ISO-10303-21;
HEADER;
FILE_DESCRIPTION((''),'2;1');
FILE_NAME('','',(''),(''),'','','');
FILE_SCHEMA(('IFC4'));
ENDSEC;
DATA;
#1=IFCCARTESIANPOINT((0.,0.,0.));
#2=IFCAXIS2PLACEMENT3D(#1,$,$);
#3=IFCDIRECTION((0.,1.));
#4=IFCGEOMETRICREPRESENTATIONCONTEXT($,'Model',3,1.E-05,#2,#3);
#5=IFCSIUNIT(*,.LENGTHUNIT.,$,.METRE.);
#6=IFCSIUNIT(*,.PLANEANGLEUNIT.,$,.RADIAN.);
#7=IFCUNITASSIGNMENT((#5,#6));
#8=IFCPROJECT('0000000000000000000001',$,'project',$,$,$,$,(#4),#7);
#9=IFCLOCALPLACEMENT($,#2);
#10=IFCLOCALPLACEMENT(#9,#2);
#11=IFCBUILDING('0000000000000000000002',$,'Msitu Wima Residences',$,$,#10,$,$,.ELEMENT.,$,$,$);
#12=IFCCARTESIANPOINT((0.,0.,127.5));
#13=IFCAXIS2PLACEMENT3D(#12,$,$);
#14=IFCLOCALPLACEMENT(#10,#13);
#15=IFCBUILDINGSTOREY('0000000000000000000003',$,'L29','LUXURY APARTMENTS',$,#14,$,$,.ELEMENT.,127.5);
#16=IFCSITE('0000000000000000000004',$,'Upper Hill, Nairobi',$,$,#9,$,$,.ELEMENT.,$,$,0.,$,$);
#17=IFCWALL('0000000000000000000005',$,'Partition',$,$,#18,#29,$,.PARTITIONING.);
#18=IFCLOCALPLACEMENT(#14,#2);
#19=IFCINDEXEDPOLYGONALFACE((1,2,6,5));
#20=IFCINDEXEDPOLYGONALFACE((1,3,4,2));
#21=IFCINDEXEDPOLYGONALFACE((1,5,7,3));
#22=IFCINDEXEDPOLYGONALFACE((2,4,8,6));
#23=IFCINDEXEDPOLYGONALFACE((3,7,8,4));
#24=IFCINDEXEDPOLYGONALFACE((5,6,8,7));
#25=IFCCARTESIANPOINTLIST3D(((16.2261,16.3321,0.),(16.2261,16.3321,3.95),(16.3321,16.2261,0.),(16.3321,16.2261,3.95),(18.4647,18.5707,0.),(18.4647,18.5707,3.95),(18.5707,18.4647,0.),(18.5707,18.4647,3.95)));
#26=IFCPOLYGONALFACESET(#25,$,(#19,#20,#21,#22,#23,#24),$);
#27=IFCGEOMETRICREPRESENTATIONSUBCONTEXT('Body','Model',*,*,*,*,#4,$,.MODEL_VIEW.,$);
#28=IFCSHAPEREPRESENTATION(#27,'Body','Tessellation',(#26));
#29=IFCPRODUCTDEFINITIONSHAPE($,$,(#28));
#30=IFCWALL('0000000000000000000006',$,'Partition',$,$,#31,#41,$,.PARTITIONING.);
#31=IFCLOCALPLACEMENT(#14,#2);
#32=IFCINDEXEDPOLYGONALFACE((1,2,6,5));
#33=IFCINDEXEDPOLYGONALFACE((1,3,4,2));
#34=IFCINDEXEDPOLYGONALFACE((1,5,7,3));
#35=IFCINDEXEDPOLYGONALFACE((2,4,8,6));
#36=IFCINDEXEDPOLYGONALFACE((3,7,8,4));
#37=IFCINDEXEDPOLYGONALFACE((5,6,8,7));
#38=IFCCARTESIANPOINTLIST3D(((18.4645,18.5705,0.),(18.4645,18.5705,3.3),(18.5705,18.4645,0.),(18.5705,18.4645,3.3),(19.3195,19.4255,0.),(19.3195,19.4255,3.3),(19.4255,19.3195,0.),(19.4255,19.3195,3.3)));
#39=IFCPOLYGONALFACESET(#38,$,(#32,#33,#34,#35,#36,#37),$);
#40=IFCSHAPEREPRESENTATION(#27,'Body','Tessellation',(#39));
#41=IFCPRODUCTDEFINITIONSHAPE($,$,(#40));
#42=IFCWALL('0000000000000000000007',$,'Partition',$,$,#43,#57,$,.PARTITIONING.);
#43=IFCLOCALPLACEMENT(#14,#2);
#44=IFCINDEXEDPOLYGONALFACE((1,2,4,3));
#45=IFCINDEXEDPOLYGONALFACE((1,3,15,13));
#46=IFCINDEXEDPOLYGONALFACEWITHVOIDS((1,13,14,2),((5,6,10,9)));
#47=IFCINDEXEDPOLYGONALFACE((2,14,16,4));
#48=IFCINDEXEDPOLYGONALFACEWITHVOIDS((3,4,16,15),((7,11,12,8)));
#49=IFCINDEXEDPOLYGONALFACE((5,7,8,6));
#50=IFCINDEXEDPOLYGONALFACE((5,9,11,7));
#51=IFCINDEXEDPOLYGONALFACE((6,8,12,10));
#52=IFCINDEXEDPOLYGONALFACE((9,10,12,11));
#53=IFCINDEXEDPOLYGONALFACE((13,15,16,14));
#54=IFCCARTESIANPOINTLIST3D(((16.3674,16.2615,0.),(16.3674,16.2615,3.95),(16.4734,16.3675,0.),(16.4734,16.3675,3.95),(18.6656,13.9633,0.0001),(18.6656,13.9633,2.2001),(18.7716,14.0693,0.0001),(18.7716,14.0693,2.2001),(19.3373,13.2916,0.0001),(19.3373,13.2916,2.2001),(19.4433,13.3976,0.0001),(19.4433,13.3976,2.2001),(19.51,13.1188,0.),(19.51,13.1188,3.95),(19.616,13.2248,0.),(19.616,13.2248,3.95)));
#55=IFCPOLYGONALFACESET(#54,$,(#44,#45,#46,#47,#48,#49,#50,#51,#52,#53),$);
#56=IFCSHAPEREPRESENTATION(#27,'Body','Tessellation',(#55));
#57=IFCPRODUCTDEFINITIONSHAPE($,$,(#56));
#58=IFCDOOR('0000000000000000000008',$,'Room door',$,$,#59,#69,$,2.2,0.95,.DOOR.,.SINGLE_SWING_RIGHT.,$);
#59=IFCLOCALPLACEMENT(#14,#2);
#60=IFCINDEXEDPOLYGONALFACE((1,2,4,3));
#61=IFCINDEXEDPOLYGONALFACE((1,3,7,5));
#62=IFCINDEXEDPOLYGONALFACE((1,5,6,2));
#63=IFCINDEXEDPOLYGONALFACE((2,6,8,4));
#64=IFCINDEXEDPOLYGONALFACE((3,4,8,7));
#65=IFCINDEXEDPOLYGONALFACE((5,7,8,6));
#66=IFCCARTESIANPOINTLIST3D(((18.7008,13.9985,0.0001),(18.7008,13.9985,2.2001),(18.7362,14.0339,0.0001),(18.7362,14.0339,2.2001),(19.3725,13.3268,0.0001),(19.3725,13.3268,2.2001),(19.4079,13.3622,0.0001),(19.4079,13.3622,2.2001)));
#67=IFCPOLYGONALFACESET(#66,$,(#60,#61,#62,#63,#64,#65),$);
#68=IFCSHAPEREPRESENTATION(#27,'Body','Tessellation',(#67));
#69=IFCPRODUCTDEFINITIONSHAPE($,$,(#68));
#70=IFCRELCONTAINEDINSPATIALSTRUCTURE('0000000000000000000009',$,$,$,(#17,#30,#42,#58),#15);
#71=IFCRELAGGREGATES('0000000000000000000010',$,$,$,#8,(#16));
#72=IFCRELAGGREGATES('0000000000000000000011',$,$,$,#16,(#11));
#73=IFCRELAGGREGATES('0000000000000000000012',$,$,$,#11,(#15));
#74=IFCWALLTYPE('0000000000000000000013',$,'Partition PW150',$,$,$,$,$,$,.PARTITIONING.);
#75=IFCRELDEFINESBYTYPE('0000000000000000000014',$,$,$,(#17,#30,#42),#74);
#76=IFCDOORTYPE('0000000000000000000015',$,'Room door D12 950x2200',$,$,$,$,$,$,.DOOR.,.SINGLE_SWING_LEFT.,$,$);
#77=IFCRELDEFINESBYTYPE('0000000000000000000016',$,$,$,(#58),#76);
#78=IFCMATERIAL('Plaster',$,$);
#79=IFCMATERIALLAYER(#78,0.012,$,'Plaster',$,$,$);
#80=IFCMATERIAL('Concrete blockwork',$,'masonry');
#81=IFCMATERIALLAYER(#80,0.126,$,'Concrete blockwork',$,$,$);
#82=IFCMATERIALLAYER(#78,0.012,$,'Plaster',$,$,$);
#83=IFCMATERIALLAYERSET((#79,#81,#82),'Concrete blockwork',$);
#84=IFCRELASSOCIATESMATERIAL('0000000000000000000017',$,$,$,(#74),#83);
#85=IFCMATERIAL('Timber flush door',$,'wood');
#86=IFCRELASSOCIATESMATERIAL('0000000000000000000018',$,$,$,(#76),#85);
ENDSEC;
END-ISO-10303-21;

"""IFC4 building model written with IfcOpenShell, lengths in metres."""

from ifc_helpers import new_model, si_unit, direction, frame, frame_2d, origin, place, context, subcontext, project, spatial, rectangle, extrude, material, layer, layer_set, type_object, element, fill, save


model = new_model("IFC4")

# Units and contexts
model_context = context("Model", 3, precision=1e-05, world=origin(), true_north=direction((0.0, 1.0)))
body_context = subcontext(model_context, "Body", "Model", "MODEL_VIEW")
ifc_project = project(units=[si_unit("LENGTHUNIT", "METRE"), si_unit("PLANEANGLEUNIT", "RADIAN")], contexts=[model_context])

# Site, building, storey
site_placement = place(None, origin())
site = spatial("IfcSite", under=ifc_project, at=site_placement, Name="Upper Hill, Nairobi", CompositionType="ELEMENT", RefElevation=0.0)
building_placement = place(site_placement, origin())
building = spatial("IfcBuilding", under=site, at=building_placement, Name="Msitu Wima Residences", CompositionType="ELEMENT")
storey_placement = place(building_placement, frame((0.0, 0.0, 127.5)))
storey = spatial("IfcBuildingStorey", under=building, at=storey_placement, Name="L29", Description="LUXURY APARTMENTS", CompositionType="ELEMENT", Elevation=127.5)

# Walls
ifc_material_1 = material(Name="Plaster")
ifc_layer_1 = layer(ifc_material_1, 0.012, Name="Plaster")
ifc_material_2 = material(Name="Concrete blockwork", Category="masonry")
ifc_layer_2 = layer(ifc_material_2, 0.126, Name="Concrete blockwork")
ifc_layer_3 = layer(ifc_material_1, 0.012, Name="Plaster")
ifc_layer_set_1 = layer_set([ifc_layer_1, ifc_layer_2, ifc_layer_3], Name="Concrete blockwork")
wall_type_1 = type_object("IfcWallType", Name="Partition PW150", PredefinedType="PARTITIONING", material=ifc_layer_set_1)
wall_1_placement = place(storey_placement, frame((16.2791, 16.2791, 0.0), z_axis=(0.0, 0.0, 1.0), x_axis=(0.707107, 0.707107, 0.0)))
element("IfcWall", 1, at=wall_1_placement, inside=storey, type_object=wall_type_1, Name="Partition", PredefinedType="PARTITIONING", context=body_context, shape_type="SweptSolid", body=[
    extrude(rectangle(XDim=3.1658, YDim=0.1499, at=frame_2d((1.583, 0.0))), origin(), (0.0, 0.0, 1.0), 3.95),
])
wall_2_placement = place(storey_placement, frame((18.5176, 18.5176, 0.0), z_axis=(0.0, 0.0, 1.0), x_axis=(0.707107, 0.707107, 0.0)))
element("IfcWall", 2, at=wall_2_placement, inside=storey, type_object=wall_type_1, Name="Partition", PredefinedType="PARTITIONING", context=body_context, shape_type="SweptSolid", body=[
    extrude(rectangle(XDim=1.2092, YDim=0.1499, at=frame_2d((0.6045, 0.0))), origin(), (0.0, 0.0, 1.0), 3.3),
])

# Wall, opening, door
wall_3_placement = place(storey_placement, frame((16.4204, 16.3145, 0.0), z_axis=(0.0, 0.0, 1.0), x_axis=(0.707107, -0.707107, 0.0)))
wall_3 = element("IfcWall", 3, at=wall_3_placement, inside=storey, type_object=wall_type_1, Name="Partition", PredefinedType="PARTITIONING", context=body_context, shape_type="SweptSolid", body=[
    extrude(rectangle(XDim=4.4443, YDim=0.1499, at=frame_2d((2.2222, 0.0))), origin(), (0.0, 0.0, 1.0), 3.95),
])
opening_1_placement = place(wall_3_placement, frame((3.25, 0.0, 0.0)))
opening_1 = element("IfcOpeningElement", 4, at=opening_1_placement, cuts=wall_3, PredefinedType="OPENING", context=body_context, shape_type="SweptSolid", body=[
    extrude(rectangle(XDim=0.95, YDim=2.2, at=frame_2d((0.4751, 1.1001))), frame((0.0, 0.085, 0.0), z_axis=(0.0, -1.0, 0.0), x_axis=(1.0, 0.0, 0.0)), (0.0, 0.0, 1.0), 0.1699),
])
ifc_material_3 = material(Name="Timber flush door", Category="wood")
door_type_1 = type_object("IfcDoorType", Name="Room door D12 950x2200", OperationType="SINGLE_SWING_LEFT", PredefinedType="DOOR", material=ifc_material_3)
door_1_placement = place(opening_1_placement, origin())
door_1 = element("IfcDoor", 5, at=door_1_placement, inside=storey, type_object=door_type_1, Name="Room door", OperationType="SINGLE_SWING_RIGHT", OverallHeight=2.2, OverallWidth=0.95, PredefinedType="DOOR", context=body_context, shape_type="SweptSolid", body=[
    extrude(rectangle(XDim=0.95, YDim=2.2, at=frame_2d((0.4751, 1.1001))), frame((0.0, 0.0249, 0.0), z_axis=(0.0, -1.0, 0.0), x_axis=(1.0, 0.0, 0.0)), (0.0, 0.0, 1.0), 0.05),
])
fill(opening_1, door_1)

save(model, "model.ifc")
